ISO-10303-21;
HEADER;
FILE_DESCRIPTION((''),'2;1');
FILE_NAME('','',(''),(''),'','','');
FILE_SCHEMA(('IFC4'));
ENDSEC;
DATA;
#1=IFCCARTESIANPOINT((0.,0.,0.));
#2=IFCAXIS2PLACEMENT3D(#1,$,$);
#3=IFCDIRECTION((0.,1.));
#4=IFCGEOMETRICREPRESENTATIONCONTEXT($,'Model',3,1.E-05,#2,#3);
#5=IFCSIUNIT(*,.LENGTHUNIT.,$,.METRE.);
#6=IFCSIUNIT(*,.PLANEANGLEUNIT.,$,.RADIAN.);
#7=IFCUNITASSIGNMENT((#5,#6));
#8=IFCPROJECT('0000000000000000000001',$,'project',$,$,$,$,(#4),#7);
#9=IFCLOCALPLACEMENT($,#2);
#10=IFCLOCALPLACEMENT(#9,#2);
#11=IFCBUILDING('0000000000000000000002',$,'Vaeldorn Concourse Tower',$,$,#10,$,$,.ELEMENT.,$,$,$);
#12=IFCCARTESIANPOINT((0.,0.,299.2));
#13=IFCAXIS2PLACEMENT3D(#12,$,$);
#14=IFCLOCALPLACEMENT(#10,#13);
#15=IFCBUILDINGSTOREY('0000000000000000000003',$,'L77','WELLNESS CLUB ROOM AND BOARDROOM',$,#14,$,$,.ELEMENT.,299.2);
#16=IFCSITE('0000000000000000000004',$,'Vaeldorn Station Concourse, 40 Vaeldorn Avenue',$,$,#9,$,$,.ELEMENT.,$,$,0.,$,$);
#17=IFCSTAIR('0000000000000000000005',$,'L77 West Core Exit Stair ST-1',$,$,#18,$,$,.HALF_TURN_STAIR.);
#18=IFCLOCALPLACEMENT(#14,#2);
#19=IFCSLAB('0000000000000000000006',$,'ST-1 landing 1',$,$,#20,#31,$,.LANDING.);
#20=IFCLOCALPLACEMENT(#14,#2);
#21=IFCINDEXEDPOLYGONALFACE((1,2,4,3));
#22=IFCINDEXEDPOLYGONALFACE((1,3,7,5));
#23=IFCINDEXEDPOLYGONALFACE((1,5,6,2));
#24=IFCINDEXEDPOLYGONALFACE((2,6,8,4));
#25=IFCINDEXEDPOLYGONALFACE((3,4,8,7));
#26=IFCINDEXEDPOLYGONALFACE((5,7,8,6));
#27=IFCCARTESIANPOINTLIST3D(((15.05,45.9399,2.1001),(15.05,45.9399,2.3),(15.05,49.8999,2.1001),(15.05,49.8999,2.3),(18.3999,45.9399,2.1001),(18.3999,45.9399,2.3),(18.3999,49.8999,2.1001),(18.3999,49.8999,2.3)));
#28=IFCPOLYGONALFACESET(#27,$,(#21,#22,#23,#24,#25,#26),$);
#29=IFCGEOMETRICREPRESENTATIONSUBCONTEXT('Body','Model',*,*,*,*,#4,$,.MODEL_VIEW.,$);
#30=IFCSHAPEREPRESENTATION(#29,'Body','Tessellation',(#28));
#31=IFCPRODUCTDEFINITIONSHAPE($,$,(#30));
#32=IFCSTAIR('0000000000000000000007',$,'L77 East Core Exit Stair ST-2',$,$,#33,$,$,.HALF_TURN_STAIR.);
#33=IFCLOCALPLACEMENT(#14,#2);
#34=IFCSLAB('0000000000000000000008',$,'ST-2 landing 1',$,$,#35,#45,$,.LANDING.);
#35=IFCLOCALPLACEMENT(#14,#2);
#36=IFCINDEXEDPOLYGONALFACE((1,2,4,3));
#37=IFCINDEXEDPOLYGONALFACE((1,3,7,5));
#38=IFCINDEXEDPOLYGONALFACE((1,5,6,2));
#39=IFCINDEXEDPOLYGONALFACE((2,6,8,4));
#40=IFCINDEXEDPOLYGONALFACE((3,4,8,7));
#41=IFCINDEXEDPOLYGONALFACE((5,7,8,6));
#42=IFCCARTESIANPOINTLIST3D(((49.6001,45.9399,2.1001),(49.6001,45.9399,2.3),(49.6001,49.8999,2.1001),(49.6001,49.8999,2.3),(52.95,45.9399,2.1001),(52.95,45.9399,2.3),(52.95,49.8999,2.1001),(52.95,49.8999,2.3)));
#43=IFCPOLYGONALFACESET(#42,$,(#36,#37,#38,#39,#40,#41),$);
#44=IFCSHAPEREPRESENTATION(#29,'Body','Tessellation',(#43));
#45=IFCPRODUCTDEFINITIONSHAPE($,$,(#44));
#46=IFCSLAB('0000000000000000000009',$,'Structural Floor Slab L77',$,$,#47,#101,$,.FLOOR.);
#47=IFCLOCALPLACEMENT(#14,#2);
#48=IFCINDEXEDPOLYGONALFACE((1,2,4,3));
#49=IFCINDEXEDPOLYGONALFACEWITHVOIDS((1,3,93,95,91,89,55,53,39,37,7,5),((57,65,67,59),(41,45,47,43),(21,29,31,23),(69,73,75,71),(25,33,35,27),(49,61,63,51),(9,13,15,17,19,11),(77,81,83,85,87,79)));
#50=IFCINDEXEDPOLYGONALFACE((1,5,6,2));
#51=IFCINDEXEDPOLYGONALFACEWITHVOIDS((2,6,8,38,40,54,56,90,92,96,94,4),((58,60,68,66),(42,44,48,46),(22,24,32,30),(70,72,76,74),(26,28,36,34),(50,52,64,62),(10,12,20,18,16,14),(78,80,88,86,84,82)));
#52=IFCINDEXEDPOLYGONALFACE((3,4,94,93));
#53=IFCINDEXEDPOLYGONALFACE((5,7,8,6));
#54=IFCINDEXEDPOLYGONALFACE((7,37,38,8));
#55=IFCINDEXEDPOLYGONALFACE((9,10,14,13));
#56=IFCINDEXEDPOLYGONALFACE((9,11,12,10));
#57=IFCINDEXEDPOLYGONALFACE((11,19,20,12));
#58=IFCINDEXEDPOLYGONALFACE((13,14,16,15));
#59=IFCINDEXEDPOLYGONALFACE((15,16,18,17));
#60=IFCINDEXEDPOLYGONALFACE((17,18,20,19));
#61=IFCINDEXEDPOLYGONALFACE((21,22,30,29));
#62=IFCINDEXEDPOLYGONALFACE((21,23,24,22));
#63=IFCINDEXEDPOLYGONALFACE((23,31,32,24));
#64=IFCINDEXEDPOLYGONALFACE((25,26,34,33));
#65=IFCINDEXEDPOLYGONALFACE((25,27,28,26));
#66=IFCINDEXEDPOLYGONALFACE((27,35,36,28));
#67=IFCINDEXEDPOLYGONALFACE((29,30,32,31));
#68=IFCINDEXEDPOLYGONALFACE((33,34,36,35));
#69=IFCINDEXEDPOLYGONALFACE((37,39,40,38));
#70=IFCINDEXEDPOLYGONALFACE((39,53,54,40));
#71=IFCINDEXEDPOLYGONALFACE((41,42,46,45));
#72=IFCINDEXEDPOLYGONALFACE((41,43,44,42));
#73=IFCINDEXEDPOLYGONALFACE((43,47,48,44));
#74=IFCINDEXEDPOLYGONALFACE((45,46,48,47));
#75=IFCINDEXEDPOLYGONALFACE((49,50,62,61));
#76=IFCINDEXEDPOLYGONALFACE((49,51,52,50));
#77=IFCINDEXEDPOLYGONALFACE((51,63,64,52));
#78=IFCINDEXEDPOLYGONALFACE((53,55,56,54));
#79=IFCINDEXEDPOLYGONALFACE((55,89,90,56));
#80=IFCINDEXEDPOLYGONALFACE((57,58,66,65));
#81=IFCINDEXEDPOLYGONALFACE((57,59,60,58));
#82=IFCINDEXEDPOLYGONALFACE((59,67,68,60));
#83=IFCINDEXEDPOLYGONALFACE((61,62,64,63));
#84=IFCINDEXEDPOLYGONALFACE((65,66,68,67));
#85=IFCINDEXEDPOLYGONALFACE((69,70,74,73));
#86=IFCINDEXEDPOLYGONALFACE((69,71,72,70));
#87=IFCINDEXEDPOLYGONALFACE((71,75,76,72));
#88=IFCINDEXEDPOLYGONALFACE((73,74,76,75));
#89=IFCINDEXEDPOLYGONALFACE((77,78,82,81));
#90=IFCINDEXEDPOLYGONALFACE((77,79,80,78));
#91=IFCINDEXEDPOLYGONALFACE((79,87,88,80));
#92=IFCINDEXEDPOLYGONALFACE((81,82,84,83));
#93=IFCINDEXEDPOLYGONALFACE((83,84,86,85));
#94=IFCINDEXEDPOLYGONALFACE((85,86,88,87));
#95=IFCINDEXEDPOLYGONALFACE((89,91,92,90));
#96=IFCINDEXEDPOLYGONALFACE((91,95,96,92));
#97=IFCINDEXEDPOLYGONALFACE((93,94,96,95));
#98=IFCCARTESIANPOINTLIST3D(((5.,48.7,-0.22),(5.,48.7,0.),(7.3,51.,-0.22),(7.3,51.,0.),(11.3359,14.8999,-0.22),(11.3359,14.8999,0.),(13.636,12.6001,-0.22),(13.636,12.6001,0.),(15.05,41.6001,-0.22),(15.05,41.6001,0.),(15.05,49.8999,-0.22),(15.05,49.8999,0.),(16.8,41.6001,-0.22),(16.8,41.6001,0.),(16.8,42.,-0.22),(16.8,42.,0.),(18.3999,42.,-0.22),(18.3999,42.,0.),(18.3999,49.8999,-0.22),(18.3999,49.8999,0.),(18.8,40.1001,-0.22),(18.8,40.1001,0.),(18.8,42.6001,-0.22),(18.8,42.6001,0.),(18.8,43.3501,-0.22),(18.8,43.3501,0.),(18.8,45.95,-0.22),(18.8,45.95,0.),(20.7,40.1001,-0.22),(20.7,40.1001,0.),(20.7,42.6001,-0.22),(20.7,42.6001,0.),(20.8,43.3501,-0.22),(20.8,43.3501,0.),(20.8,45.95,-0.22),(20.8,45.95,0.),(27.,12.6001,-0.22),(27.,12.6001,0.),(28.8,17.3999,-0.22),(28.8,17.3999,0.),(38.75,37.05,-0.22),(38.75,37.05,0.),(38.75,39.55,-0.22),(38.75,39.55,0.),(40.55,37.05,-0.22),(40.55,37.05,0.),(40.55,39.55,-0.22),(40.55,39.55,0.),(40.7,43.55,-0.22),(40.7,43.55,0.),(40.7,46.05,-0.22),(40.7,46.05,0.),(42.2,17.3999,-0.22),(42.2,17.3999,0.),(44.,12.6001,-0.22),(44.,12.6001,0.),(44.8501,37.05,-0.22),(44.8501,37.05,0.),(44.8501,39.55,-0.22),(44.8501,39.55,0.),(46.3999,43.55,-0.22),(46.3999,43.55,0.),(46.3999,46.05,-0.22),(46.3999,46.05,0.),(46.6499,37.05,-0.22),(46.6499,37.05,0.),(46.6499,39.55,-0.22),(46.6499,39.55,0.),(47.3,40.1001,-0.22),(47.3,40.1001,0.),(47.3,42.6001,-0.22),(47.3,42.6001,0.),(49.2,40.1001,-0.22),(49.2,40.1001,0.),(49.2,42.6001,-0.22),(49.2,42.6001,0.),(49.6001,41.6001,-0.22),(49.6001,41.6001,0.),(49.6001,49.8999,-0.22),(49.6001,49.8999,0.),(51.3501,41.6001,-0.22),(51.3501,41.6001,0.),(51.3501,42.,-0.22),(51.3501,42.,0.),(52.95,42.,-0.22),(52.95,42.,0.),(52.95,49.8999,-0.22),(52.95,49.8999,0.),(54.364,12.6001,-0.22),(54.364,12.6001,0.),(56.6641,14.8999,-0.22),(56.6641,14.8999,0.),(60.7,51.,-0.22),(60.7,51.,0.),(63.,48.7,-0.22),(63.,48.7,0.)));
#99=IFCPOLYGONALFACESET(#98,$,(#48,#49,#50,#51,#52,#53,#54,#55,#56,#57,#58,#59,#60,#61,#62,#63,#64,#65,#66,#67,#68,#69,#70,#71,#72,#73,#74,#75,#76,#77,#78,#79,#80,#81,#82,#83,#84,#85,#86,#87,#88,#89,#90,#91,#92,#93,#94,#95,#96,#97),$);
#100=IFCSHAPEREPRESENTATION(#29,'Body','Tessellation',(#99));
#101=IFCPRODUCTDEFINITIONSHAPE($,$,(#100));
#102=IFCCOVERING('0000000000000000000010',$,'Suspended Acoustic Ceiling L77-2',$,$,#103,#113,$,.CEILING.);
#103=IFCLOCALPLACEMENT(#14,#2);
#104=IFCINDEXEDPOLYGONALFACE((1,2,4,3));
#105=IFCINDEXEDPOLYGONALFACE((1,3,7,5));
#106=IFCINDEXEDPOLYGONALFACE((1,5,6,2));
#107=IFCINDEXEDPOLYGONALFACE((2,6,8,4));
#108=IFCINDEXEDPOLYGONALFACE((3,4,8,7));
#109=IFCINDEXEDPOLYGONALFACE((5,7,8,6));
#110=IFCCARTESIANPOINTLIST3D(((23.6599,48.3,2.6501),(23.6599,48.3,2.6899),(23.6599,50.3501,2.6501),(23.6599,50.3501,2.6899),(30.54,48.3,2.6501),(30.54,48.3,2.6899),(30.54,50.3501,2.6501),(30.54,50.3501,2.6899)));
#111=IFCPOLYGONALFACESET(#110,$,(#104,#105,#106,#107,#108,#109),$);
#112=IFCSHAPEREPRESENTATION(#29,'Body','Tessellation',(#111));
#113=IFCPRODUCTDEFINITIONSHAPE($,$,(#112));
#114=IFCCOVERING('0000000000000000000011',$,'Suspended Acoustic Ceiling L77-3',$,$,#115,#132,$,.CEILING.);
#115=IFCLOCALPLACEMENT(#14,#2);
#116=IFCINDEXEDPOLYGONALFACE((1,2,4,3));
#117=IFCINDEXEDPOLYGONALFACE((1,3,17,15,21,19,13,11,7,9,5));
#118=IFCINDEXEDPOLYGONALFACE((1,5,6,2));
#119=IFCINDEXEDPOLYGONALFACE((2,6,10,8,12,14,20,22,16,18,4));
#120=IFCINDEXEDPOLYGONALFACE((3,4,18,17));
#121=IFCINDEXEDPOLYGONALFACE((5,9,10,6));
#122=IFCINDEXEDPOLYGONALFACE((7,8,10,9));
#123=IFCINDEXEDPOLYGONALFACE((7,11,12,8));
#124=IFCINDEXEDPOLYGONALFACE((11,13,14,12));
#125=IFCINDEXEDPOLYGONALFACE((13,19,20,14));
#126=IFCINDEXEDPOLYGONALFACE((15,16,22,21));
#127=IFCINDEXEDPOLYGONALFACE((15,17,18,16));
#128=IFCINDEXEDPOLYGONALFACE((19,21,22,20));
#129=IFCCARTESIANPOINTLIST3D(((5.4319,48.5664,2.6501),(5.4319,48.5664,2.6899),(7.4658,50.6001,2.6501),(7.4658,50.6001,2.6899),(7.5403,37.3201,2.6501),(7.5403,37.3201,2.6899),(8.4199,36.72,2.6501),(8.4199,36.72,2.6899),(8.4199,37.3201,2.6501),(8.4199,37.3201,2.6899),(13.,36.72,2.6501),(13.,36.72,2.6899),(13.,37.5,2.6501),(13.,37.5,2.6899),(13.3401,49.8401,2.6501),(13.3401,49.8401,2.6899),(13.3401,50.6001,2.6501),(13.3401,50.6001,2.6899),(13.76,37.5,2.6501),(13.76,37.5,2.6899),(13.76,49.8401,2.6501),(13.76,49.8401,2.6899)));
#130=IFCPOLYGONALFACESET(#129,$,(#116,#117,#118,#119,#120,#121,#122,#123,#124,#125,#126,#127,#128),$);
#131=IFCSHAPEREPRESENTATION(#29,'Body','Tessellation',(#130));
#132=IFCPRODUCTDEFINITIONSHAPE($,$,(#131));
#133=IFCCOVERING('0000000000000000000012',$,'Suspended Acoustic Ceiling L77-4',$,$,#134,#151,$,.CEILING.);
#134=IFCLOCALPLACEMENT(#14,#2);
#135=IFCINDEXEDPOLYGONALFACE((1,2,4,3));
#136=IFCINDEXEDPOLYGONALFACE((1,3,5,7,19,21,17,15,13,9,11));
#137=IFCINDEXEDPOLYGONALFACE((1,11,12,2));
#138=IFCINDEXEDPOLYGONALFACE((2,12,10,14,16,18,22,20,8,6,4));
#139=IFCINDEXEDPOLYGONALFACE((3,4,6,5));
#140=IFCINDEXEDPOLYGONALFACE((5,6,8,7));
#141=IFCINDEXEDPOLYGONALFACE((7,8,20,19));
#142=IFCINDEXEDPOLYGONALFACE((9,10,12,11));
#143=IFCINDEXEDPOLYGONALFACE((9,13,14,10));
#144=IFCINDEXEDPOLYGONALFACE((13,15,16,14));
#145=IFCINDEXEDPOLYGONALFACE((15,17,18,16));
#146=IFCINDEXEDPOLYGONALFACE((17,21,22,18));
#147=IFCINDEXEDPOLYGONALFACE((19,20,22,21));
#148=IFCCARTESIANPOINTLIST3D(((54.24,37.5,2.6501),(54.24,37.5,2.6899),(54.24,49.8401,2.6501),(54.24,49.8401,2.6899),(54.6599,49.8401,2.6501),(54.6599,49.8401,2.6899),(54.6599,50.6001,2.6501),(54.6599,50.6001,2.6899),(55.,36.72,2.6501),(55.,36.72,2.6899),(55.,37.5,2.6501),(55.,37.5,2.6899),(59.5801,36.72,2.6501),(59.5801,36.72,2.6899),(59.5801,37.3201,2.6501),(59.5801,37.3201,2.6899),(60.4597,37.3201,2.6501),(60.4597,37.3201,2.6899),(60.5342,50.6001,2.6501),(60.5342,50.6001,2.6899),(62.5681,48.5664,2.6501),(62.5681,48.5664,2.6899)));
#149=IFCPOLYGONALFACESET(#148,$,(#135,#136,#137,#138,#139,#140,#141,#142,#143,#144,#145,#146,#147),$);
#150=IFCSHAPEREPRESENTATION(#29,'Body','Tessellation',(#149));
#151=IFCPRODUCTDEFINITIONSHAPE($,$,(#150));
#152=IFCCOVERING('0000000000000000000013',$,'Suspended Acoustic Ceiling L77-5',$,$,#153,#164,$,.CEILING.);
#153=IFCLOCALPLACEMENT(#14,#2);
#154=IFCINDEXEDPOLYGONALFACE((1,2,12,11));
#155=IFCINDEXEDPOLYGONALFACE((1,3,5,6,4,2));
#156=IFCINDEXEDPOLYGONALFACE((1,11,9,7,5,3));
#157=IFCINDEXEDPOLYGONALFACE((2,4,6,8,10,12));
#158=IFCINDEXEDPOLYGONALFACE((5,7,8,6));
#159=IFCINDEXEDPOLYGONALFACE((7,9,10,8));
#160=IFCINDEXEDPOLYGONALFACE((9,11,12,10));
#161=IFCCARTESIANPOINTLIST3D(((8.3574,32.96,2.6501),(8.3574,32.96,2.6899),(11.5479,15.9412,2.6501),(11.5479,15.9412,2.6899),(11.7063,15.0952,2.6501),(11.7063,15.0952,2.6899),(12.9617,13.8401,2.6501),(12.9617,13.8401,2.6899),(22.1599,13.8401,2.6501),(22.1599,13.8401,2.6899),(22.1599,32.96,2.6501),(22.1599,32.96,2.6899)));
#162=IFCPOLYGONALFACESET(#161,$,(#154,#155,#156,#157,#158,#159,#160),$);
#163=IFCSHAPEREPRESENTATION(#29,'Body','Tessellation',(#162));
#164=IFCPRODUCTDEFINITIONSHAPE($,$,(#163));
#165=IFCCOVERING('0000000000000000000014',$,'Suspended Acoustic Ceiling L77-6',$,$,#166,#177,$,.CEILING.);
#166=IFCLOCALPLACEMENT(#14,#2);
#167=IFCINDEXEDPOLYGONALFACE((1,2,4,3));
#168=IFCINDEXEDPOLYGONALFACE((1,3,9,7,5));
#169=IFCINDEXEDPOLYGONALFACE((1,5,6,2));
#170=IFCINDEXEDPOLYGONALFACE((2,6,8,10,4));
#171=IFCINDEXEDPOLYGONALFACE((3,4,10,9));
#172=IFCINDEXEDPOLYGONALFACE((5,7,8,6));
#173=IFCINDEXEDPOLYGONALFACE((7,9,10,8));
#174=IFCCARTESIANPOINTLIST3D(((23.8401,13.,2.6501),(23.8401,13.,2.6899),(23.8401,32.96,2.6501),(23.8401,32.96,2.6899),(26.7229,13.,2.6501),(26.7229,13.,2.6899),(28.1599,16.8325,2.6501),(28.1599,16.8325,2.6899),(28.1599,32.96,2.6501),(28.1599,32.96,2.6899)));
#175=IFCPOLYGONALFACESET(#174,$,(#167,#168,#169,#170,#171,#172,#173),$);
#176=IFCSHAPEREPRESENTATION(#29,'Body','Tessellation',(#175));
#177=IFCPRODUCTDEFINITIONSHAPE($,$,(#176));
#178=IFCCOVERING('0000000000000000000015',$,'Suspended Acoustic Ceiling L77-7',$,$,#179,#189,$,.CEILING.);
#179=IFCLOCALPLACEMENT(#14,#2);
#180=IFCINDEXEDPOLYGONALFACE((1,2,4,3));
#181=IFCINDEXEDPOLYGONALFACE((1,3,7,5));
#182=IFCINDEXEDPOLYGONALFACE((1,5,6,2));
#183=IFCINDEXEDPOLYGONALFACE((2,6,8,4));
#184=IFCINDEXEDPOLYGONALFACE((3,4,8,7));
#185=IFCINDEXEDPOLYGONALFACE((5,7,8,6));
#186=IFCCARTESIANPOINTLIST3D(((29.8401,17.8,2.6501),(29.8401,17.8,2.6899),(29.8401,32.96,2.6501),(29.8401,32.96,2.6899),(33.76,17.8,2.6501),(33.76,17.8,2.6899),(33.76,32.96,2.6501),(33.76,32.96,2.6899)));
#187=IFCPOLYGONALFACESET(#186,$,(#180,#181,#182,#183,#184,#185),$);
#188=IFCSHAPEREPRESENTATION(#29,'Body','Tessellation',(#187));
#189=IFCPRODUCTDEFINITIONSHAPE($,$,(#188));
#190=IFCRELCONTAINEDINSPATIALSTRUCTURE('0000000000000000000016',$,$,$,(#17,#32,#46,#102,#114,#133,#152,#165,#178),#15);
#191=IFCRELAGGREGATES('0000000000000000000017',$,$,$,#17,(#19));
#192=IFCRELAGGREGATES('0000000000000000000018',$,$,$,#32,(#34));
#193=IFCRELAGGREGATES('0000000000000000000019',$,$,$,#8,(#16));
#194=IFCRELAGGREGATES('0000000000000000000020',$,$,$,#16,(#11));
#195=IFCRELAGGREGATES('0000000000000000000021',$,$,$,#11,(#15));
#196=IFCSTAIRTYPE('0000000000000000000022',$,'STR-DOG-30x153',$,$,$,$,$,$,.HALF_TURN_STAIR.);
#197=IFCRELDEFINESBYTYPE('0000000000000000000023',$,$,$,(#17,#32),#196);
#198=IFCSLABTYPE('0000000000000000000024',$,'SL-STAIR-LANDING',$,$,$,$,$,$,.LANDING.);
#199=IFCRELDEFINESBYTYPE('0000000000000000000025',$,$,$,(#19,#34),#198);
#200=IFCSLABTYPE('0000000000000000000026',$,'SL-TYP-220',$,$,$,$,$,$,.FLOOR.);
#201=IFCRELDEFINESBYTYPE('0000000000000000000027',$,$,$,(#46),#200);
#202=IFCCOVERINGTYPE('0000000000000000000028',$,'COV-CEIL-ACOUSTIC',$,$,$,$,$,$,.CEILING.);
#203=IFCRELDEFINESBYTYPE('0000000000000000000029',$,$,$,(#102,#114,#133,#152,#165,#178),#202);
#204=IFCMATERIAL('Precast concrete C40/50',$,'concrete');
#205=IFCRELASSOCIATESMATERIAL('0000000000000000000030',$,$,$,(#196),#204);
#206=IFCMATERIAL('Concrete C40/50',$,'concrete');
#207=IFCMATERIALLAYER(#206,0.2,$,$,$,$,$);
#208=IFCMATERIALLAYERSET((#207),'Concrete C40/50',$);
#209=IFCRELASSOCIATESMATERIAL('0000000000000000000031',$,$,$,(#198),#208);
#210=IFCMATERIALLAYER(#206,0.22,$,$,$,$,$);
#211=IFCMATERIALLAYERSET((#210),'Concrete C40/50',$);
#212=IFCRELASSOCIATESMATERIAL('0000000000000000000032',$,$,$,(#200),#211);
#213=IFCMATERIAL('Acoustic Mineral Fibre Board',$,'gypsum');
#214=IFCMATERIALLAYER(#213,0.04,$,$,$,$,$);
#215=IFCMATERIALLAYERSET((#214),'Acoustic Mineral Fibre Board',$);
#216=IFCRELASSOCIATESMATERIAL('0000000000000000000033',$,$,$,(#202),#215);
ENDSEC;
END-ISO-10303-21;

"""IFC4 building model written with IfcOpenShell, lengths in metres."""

from ifc_helpers import new_model, si_unit, direction, frame, origin, place, context, subcontext, project, spatial, polyline, outline, extrude, material, layer, layer_set, type_object, element, aggregate, save


model = new_model("IFC4")

# Units and contexts
model_context = context("Model", 3, precision=1e-05, world=origin(), true_north=direction((0.0, 1.0)))
body_context = subcontext(model_context, "Body", "Model", "MODEL_VIEW")
ifc_project = project(units=[si_unit("LENGTHUNIT", "METRE"), si_unit("PLANEANGLEUNIT", "RADIAN")], contexts=[model_context])

# Site, building, storey
site_placement = place(None, origin())
site = spatial("IfcSite", under=ifc_project, at=site_placement, Name="Vaeldorn Station Concourse, 40 Vaeldorn Avenue", CompositionType="ELEMENT", RefElevation=0.0)
building_placement = place(site_placement, origin())
building = spatial("IfcBuilding", under=site, at=building_placement, Name="Vaeldorn Concourse Tower", CompositionType="ELEMENT")
storey_placement = place(building_placement, frame((0.0, 0.0, 299.2)))
storey = spatial("IfcBuildingStorey", under=building, at=storey_placement, Name="L77", Description="WELLNESS CLUB ROOM AND BOARDROOM", CompositionType="ELEMENT", Elevation=299.2)

# Stairs, slabs
ifc_material_1 = material(Name="Precast concrete C40/50", Category="concrete")
stair_type = type_object("IfcStairType", Name="STR-DOG-30x153", PredefinedType="HALF_TURN_STAIR", material=ifc_material_1)
stair_1_placement = place(storey_placement, origin())
stair_1 = element("IfcStair", 1, at=stair_1_placement, inside=storey, type_object=stair_type, Name="L77 West Core Exit Stair ST-1", PredefinedType="HALF_TURN_STAIR")
ifc_material_2 = material(Name="Concrete C40/50", Category="concrete")
ifc_layer_1 = layer(ifc_material_2, 0.2)
ifc_layer_set_1 = layer_set([ifc_layer_1], Name="Concrete C40/50")
slab_type_1 = type_object("IfcSlabType", Name="SL-STAIR-LANDING", PredefinedType="LANDING", material=ifc_layer_set_1)
slab_1_placement = place(storey_placement, frame((0.0, 0.0, 2.1001)))
slab_1 = element("IfcSlab", 2, at=slab_1_placement, type_object=slab_type_1, Name="ST-1 landing 1", PredefinedType="LANDING", context=body_context, shape_type="SweptSolid", body=[
    extrude(outline(polyline([(18.3999, 45.9399), (18.3999, 49.8999), (15.05, 49.8999), (15.05, 45.9399), (18.3999, 45.9399)])), origin(), (0.0, 0.0, 1.0), 0.2),
])
aggregate(stair_1, [slab_1])
stair_2_placement = place(storey_placement, origin())
stair_2 = element("IfcStair", 3, at=stair_2_placement, inside=storey, type_object=stair_type, Name="L77 East Core Exit Stair ST-2", PredefinedType="HALF_TURN_STAIR")
slab_2_placement = place(storey_placement, frame((0.0, 0.0, 2.1001)))
slab_2 = element("IfcSlab", 4, at=slab_2_placement, type_object=slab_type_1, Name="ST-2 landing 1", PredefinedType="LANDING", context=body_context, shape_type="SweptSolid", body=[
    extrude(outline(polyline([(52.95, 45.9399), (52.95, 49.8999), (49.6001, 49.8999), (49.6001, 45.9399), (52.95, 45.9399)])), origin(), (0.0, 0.0, 1.0), 0.2),
])
aggregate(stair_2, [slab_2])

# Slab
ifc_layer_2 = layer(ifc_material_2, 0.22)
ifc_layer_set_2 = layer_set([ifc_layer_2], Name="Concrete C40/50")
slab_type_2 = type_object("IfcSlabType", Name="SL-TYP-220", PredefinedType="FLOOR", material=ifc_layer_set_2)
slab_3_placement = place(storey_placement, frame((0.0, 0.0, -0.22)))
element("IfcSlab", 5, at=slab_3_placement, inside=storey, type_object=slab_type_2, Name="Structural Floor Slab L77", PredefinedType="FLOOR", context=body_context, shape_type="SweptSolid", body=[
    extrude(outline(polyline([(13.636, 12.6001), (27.0, 12.6001), (28.8, 17.3999), (42.2, 17.3999), (44.0, 12.6001), (54.364, 12.6001), (56.6641, 14.8999), (63.0, 48.7), (60.7, 51.0), (7.3, 51.0), (5.0, 48.7), (11.3359, 14.8999), (13.636, 12.6001)]), holes=[polyline([(18.3999, 42.0), (18.3999, 49.8999), (15.05, 49.8999), (15.05, 41.6001), (16.8, 41.6001), (16.8, 42.0), (18.3999, 42.0)]), polyline([(52.95, 42.0), (52.95, 49.8999), (49.6001, 49.8999), (49.6001, 41.6001), (51.3501, 41.6001), (51.3501, 42.0), (52.95, 42.0)]), polyline([(38.75, 37.05), (40.55, 37.05), (40.55, 39.55), (38.75, 39.55), (38.75, 37.05)]), polyline([(44.8501, 37.05), (46.6499, 37.05), (46.6499, 39.55), (44.8501, 39.55), (44.8501, 37.05)]), polyline([(40.7, 43.55), (46.3999, 43.55), (46.3999, 46.05), (40.7, 46.05), (40.7, 43.55)]), polyline([(18.8, 43.3501), (20.8, 43.3501), (20.8, 45.95), (18.8, 45.95), (18.8, 43.3501)]), polyline([(18.8, 40.1001), (20.7, 40.1001), (20.7, 42.6001), (18.8, 42.6001), (18.8, 40.1001)]), polyline([(47.3, 40.1001), (49.2, 40.1001), (49.2, 42.6001), (47.3, 42.6001), (47.3, 40.1001)])]), origin(), (0.0, 0.0, 1.0), 0.22),
])

# Coverings
ifc_material_3 = material(Name="Acoustic Mineral Fibre Board", Category="gypsum")
ifc_layer_3 = layer(ifc_material_3, 0.04)
ifc_layer_set_3 = layer_set([ifc_layer_3], Name="Acoustic Mineral Fibre Board")
covering_type_1 = type_object("IfcCoveringType", Name="COV-CEIL-ACOUSTIC", PredefinedType="CEILING", material=ifc_layer_set_3)
covering_1_placement = place(storey_placement, frame((0.0, 0.0, 2.6501)))
element("IfcCovering", 6, at=covering_1_placement, inside=storey, type_object=covering_type_1, Name="Suspended Acoustic Ceiling L77-2", PredefinedType="CEILING", context=body_context, shape_type="SweptSolid", body=[
    extrude(outline(polyline([(30.54, 50.3501), (30.54, 48.3), (23.6599, 48.3), (23.6599, 50.3501), (30.54, 50.3501)])), origin(), (0.0, 0.0, 1.0), 0.0398),
])
covering_2_placement = place(storey_placement, frame((0.0, 0.0, 2.6501)))
element("IfcCovering", 7, at=covering_2_placement, inside=storey, type_object=covering_type_1, Name="Suspended Acoustic Ceiling L77-3", PredefinedType="CEILING", context=body_context, shape_type="SweptSolid", body=[
    extrude(outline(polyline([(13.3401, 50.6001), (13.3401, 49.8401), (13.76, 49.8401), (13.76, 37.5), (13.0, 37.5), (13.0, 36.72), (8.4199, 36.72), (8.4199, 37.3201), (7.5403, 37.3201), (5.4319, 48.5664), (7.4658, 50.6001), (13.3401, 50.6001)])), origin(), (0.0, 0.0, 1.0), 0.0398),
])
covering_3_placement = place(storey_placement, frame((0.0, 0.0, 2.6501)))
element("IfcCovering", 8, at=covering_3_placement, inside=storey, type_object=covering_type_1, Name="Suspended Acoustic Ceiling L77-4", PredefinedType="CEILING", context=body_context, shape_type="SweptSolid", body=[
    extrude(outline(polyline([(54.6599, 49.8401), (54.6599, 50.6001), (60.5342, 50.6001), (62.5681, 48.5664), (60.4597, 37.3201), (59.5801, 37.3201), (59.5801, 36.72), (55.0, 36.72), (55.0, 37.5), (54.24, 37.5), (54.24, 49.8401), (54.6599, 49.8401)])), origin(), (0.0, 0.0, 1.0), 0.0398),
])
covering_4_placement = place(storey_placement, frame((0.0, 0.0, 2.6501)))
element("IfcCovering", 9, at=covering_4_placement, inside=storey, type_object=covering_type_1, Name="Suspended Acoustic Ceiling L77-5", PredefinedType="CEILING", context=body_context, shape_type="SweptSolid", body=[
    extrude(outline(polyline([(8.3574, 32.96), (22.1599, 32.96), (22.1599, 13.8401), (12.9617, 13.8401), (11.7063, 15.0952), (11.5479, 15.9412), (11.5479, 15.9412), (8.3574, 32.96)])), origin(), (0.0, 0.0, 1.0), 0.0398),
])
covering_5_placement = place(storey_placement, frame((0.0, 0.0, 2.6501)))
element("IfcCovering", 10, at=covering_5_placement, inside=storey, type_object=covering_type_1, Name="Suspended Acoustic Ceiling L77-6", PredefinedType="CEILING", context=body_context, shape_type="SweptSolid", body=[
    extrude(outline(polyline([(23.8401, 13.0), (23.8401, 32.96), (28.1599, 32.96), (28.1599, 16.8325), (26.7229, 13.0), (23.8401, 13.0)])), origin(), (0.0, 0.0, 1.0), 0.0398),
])
covering_6_placement = place(storey_placement, frame((0.0, 0.0, 2.6501)))
element("IfcCovering", 11, at=covering_6_placement, inside=storey, type_object=covering_type_1, Name="Suspended Acoustic Ceiling L77-7", PredefinedType="CEILING", context=body_context, shape_type="SweptSolid", body=[
    extrude(outline(polyline([(29.8401, 32.96), (33.76, 32.96), (33.76, 17.8), (29.8401, 17.8), (29.8401, 32.96)])), origin(), (0.0, 0.0, 1.0), 0.0398),
])

save(model, "model.ifc")
